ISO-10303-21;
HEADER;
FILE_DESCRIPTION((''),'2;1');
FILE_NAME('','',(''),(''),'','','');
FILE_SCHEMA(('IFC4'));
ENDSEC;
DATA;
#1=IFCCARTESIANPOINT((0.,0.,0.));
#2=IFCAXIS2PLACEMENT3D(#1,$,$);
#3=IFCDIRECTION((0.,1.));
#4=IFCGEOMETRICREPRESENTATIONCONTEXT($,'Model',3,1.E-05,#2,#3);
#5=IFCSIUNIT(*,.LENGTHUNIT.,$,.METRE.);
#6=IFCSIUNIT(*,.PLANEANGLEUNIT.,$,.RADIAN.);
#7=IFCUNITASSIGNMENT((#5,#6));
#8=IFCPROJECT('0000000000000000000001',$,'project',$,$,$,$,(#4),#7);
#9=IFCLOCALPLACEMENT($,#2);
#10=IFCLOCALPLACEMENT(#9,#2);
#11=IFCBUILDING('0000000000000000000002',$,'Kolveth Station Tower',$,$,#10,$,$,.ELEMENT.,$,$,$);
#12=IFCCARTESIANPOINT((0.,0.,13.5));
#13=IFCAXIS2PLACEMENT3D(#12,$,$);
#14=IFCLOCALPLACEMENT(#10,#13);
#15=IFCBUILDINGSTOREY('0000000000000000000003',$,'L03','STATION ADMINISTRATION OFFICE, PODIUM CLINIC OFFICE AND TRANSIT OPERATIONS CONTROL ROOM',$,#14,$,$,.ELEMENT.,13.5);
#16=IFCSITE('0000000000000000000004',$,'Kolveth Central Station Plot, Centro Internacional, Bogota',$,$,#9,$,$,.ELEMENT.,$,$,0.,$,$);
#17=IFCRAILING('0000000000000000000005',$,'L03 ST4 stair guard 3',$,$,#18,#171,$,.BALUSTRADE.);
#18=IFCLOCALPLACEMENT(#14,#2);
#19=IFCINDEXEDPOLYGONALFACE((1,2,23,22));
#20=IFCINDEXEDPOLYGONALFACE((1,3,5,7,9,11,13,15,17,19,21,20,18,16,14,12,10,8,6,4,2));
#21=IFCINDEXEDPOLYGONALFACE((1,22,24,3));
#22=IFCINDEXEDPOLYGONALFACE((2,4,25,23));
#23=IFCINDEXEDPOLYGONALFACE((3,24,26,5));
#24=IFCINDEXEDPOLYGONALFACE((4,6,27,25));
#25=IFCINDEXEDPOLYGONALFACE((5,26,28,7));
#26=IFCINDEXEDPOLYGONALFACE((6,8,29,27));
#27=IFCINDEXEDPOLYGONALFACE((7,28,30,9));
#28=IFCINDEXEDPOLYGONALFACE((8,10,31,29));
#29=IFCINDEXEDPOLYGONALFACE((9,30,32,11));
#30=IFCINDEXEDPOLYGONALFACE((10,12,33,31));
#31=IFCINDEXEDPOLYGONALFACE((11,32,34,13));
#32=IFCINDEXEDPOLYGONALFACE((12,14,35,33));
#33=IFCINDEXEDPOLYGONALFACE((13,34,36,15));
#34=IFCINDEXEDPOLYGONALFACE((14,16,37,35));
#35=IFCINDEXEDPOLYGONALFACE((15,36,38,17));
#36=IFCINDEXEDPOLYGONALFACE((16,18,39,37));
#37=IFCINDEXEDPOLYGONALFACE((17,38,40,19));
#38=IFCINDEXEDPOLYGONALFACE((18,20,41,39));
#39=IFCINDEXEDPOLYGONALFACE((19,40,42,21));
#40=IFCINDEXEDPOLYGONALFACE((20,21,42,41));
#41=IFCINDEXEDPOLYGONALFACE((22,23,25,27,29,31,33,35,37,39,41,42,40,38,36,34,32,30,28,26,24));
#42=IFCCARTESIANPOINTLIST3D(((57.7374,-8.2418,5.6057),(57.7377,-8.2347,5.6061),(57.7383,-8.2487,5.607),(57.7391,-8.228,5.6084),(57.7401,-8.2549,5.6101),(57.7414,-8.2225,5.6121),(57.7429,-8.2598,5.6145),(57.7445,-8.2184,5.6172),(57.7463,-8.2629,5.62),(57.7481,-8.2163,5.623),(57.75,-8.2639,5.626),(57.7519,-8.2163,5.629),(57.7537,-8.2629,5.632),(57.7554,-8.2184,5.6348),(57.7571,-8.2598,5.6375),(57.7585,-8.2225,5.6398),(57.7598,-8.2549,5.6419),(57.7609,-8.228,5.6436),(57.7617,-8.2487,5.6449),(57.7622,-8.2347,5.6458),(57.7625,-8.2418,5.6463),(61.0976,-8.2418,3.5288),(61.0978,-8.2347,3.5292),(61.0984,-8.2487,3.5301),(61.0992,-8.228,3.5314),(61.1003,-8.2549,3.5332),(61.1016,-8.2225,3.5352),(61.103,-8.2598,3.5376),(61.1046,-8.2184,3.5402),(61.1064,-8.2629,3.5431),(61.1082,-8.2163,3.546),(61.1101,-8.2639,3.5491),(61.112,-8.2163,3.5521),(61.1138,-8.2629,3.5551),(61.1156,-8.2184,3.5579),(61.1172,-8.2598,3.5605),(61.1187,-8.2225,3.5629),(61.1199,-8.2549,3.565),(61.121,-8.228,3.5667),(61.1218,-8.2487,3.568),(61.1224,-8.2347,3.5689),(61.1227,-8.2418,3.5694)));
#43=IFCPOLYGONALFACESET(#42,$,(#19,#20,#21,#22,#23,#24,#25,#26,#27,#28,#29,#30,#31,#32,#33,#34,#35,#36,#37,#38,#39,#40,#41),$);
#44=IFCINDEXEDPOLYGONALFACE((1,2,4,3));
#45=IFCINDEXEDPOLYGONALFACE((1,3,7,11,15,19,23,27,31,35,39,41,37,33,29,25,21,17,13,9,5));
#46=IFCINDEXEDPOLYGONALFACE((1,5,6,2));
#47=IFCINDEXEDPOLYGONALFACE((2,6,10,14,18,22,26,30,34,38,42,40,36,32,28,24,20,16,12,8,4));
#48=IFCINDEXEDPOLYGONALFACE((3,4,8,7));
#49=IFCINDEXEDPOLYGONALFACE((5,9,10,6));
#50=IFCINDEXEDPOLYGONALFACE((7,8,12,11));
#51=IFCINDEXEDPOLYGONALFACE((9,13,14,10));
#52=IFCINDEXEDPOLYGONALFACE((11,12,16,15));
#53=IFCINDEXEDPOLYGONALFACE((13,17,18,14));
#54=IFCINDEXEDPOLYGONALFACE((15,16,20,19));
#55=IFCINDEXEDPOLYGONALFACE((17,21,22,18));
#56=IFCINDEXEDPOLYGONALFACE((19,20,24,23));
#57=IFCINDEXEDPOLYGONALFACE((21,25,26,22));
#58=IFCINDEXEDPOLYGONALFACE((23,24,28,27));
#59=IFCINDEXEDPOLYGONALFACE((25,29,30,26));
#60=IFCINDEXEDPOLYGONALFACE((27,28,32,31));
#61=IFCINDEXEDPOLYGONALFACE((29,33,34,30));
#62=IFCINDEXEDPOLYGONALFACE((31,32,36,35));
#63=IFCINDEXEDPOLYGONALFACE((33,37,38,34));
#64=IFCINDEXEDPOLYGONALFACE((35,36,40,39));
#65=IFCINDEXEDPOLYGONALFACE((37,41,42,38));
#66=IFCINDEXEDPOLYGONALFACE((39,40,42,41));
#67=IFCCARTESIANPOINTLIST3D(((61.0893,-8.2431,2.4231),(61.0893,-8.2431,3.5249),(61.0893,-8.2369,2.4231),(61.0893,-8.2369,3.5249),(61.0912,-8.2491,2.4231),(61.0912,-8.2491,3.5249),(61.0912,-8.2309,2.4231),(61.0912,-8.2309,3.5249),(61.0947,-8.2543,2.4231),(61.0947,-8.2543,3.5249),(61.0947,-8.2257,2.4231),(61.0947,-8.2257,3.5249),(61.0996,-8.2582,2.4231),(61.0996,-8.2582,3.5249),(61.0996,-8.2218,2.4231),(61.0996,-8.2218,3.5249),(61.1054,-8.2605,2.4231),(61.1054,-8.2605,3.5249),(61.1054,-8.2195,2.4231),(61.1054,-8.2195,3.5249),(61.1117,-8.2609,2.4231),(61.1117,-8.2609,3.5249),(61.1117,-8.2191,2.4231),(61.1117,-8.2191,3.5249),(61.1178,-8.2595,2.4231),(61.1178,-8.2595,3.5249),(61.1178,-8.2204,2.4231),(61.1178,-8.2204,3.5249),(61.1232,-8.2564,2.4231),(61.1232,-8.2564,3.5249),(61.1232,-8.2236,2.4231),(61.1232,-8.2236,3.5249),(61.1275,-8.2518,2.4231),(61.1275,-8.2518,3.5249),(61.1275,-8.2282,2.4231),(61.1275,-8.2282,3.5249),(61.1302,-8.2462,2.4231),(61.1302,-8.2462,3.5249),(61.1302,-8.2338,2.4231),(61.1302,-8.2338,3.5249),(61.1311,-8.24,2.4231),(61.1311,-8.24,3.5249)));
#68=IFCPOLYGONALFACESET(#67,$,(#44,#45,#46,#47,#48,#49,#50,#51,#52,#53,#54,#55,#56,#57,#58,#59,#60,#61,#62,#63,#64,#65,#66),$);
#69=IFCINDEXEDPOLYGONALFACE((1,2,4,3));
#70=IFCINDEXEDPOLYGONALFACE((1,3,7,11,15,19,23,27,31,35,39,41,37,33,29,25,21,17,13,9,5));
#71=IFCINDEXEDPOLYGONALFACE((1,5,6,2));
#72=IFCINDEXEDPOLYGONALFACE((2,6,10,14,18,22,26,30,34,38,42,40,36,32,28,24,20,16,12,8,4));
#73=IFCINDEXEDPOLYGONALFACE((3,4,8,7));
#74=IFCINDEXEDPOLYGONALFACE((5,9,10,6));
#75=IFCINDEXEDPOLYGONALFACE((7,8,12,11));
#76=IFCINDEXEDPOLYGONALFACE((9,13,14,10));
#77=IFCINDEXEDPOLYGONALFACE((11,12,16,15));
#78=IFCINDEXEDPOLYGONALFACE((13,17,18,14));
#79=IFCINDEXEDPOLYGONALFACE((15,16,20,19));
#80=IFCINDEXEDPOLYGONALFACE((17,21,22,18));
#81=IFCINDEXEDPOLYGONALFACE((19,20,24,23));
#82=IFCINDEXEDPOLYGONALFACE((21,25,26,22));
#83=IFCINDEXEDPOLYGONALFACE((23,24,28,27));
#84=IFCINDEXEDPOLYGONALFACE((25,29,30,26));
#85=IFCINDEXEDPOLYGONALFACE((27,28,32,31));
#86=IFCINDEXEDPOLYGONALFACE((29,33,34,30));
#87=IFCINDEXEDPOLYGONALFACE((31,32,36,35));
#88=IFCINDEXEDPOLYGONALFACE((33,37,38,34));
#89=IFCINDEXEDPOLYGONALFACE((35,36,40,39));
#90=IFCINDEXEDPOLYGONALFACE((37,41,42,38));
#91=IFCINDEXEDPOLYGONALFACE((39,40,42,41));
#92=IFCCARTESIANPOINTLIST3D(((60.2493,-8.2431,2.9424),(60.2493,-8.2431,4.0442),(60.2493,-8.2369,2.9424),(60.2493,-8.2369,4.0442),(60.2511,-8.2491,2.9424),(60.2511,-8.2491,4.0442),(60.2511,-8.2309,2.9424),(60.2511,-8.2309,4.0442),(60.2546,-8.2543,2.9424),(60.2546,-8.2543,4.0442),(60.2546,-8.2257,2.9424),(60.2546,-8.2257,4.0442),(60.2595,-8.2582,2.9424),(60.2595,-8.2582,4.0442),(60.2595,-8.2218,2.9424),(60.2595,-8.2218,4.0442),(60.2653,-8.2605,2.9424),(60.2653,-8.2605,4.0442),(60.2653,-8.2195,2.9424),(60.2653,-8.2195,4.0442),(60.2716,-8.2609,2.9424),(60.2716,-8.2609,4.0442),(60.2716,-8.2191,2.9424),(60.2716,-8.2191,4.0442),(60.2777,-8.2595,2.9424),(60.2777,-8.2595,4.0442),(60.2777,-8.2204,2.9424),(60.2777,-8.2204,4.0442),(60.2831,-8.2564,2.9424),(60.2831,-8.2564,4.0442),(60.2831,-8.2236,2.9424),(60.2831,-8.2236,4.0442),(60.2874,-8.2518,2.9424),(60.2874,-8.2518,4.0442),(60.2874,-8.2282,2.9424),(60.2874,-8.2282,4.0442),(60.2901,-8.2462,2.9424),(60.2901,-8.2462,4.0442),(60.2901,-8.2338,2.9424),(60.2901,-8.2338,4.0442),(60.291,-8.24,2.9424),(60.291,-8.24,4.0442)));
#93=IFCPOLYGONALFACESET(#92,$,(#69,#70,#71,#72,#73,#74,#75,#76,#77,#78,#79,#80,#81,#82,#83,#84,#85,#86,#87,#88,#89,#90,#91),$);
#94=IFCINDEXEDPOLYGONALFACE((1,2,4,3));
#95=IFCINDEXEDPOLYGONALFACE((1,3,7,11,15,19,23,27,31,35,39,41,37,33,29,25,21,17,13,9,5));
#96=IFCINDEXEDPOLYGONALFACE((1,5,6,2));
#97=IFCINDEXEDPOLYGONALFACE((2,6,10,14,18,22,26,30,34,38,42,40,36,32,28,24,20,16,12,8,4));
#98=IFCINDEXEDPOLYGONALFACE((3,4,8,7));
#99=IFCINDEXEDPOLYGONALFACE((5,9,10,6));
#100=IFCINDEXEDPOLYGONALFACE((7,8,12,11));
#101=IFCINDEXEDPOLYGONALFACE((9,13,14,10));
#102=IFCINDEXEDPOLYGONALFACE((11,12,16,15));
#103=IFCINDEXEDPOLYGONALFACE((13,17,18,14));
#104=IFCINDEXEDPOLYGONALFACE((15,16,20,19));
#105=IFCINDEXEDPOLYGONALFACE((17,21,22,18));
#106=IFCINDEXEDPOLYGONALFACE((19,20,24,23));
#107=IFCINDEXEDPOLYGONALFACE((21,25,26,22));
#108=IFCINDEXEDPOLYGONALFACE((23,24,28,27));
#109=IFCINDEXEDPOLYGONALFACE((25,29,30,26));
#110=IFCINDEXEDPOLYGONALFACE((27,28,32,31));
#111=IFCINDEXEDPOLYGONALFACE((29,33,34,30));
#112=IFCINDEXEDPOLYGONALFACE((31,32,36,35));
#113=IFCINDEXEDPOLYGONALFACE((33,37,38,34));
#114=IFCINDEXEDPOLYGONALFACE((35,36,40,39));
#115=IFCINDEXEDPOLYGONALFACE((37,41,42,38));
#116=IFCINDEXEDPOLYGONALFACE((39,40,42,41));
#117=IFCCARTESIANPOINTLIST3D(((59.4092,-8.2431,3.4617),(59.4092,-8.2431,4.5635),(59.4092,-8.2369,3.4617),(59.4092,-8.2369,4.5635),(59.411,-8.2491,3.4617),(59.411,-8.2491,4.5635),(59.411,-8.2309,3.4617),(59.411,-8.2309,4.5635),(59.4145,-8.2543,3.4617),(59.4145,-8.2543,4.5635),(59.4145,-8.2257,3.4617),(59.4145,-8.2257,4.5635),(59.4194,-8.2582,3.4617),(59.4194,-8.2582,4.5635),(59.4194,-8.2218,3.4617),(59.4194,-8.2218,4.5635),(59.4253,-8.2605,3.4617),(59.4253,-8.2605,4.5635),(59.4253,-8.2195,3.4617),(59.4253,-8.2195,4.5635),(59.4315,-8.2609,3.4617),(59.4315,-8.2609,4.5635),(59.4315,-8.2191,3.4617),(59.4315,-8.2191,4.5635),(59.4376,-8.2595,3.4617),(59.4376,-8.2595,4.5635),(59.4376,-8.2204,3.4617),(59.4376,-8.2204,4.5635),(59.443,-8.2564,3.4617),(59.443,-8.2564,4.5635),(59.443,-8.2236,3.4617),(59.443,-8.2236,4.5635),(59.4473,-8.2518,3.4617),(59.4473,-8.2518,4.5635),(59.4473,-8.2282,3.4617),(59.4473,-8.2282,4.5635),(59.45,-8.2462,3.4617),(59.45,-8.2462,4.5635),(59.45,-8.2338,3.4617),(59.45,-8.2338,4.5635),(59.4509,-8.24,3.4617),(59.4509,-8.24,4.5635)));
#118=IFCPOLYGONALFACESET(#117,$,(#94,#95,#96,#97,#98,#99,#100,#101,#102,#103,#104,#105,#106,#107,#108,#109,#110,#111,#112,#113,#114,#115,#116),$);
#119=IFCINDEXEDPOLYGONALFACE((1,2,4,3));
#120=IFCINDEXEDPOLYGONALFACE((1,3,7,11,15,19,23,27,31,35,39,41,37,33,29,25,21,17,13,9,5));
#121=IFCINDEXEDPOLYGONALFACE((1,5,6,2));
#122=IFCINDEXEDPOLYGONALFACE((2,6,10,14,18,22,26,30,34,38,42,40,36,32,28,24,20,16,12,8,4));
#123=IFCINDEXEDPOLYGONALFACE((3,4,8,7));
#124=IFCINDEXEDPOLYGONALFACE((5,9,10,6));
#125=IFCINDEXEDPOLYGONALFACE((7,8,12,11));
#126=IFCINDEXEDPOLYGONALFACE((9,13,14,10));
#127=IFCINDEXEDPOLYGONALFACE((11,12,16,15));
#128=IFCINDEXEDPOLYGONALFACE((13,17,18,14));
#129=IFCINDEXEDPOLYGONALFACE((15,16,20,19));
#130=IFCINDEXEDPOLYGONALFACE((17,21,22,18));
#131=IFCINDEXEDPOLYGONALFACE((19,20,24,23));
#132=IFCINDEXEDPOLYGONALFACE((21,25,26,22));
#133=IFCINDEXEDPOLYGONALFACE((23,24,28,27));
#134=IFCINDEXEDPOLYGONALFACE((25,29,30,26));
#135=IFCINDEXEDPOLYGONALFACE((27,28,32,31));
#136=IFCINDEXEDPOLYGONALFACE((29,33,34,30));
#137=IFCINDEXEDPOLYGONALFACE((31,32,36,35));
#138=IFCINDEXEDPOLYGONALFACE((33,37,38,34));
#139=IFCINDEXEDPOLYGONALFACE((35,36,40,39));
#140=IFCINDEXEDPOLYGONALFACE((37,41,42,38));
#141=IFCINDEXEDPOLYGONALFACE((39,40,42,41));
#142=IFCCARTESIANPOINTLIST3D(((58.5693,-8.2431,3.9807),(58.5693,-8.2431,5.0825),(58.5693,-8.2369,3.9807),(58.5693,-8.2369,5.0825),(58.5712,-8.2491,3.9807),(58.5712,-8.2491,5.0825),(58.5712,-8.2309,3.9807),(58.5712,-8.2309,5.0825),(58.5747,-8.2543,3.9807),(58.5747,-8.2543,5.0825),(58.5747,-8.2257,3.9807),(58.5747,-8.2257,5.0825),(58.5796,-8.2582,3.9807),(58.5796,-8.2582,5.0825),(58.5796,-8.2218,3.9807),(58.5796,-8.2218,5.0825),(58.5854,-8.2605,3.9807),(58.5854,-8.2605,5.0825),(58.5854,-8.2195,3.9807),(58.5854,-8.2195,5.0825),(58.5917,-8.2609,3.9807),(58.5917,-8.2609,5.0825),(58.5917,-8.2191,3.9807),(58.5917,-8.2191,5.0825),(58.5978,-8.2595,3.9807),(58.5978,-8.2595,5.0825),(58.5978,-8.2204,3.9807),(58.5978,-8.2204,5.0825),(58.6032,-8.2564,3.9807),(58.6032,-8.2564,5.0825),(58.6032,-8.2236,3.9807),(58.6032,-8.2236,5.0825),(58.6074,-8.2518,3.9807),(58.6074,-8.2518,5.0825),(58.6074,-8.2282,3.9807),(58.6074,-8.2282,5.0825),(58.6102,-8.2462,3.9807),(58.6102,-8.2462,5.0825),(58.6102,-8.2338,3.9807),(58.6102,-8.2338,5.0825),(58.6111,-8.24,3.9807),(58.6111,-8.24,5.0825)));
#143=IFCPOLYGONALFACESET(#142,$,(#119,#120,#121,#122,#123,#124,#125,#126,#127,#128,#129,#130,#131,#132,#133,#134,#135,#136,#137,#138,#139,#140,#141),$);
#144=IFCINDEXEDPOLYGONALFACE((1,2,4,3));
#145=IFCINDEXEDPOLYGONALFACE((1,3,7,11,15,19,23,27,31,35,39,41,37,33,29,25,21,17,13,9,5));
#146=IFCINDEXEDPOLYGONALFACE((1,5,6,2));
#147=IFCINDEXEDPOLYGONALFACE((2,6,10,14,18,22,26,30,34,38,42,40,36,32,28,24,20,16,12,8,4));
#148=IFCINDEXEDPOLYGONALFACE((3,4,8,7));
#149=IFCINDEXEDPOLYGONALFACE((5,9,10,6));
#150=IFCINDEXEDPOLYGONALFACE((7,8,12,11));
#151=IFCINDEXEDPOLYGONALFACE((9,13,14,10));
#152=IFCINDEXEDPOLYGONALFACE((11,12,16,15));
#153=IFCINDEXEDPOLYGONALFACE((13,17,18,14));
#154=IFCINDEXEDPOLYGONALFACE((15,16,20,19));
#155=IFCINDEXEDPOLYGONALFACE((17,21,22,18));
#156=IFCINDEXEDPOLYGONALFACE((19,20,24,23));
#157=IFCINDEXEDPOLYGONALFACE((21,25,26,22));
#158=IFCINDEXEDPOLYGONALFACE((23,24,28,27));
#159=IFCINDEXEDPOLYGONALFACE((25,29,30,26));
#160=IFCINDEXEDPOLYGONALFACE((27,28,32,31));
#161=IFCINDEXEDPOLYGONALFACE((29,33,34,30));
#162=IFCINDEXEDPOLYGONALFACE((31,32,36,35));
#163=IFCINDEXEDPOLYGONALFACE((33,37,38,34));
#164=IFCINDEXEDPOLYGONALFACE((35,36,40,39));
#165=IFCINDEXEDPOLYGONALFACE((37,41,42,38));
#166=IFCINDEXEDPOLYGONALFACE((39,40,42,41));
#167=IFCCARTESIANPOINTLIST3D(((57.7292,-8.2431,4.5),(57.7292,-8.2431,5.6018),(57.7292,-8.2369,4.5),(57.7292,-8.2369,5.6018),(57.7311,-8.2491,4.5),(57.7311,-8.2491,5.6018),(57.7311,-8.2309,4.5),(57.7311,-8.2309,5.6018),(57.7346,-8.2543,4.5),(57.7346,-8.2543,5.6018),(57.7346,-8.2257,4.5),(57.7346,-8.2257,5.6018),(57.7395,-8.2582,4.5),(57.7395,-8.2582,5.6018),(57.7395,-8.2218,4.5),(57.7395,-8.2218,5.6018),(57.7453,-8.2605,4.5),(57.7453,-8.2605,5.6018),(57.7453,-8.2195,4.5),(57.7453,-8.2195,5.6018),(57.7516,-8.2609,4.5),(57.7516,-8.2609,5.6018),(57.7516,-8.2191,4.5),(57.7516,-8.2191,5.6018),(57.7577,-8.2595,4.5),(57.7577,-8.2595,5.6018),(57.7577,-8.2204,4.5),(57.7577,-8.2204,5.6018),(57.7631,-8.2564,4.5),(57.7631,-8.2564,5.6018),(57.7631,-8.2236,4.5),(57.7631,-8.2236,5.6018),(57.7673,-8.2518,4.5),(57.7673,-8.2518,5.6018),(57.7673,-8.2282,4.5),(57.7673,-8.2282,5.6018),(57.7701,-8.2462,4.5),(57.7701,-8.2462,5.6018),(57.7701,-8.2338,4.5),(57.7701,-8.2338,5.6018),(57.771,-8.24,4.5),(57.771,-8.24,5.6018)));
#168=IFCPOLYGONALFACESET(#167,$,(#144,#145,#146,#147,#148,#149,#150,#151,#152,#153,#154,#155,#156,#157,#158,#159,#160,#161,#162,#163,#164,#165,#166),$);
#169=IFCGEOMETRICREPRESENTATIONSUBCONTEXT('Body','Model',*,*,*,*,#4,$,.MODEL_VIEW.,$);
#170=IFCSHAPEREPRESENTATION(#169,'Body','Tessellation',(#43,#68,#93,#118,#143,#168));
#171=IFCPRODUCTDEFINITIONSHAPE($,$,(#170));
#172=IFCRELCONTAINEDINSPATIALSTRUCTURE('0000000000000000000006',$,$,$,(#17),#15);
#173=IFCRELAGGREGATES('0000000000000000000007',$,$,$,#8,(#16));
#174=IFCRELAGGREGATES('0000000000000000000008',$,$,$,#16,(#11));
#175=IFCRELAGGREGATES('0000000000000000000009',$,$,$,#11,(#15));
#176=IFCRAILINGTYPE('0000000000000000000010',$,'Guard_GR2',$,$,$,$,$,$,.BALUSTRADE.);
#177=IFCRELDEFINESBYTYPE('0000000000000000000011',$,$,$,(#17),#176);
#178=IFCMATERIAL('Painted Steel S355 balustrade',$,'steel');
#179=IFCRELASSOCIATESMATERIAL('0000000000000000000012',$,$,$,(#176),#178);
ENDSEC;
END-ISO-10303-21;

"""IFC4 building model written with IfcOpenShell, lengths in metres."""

from ifc_helpers import new_model, si_unit, direction, frame, origin, origin_2d, place, context, subcontext, project, spatial, circle, extrude, material, type_object, element, save


model = new_model("IFC4")

# Units and contexts
model_context = context("Model", 3, precision=1e-05, world=origin(), true_north=direction((0.0, 1.0)))
body_context = subcontext(model_context, "Body", "Model", "MODEL_VIEW")
ifc_project = project(units=[si_unit("LENGTHUNIT", "METRE"), si_unit("PLANEANGLEUNIT", "RADIAN")], contexts=[model_context])

# Site, building, storey
site_placement = place(None, origin())
site = spatial("IfcSite", under=ifc_project, at=site_placement, Name="Kolveth Central Station Plot, Centro Internacional, Bogota", CompositionType="ELEMENT", RefElevation=0.0)
building_placement = place(site_placement, origin())
building = spatial("IfcBuilding", under=site, at=building_placement, Name="Kolveth Station Tower", CompositionType="ELEMENT")
storey_placement = place(building_placement, frame((0.0, 0.0, 13.5)))
storey = spatial("IfcBuildingStorey", under=building, at=storey_placement, Name="L03", Description="STATION ADMINISTRATION OFFICE, PODIUM CLINIC OFFICE AND TRANSIT OPERATIONS CONTROL ROOM", CompositionType="ELEMENT", Elevation=13.5)

# Railing
ifc_material_1 = material(Name="Painted Steel S355 balustrade", Category="steel")
railing_type_1 = type_object("IfcRailingType", Name="Guard_GR2", PredefinedType="BALUSTRADE", material=ifc_material_1)
railing_1_placement = place(storey_placement, frame((61.1101, -8.24, 2.4231)))
element("IfcRailing", 1, at=railing_1_placement, inside=storey, type_object=railing_type_1, Name="L03 ST4 stair guard 3", PredefinedType="BALUSTRADE", context=body_context, shape_type="SweptSolid", body=[
    extrude(circle(Radius=0.0239, at=origin_2d()), frame((0.0, 0.0, 1.126), z_axis=(-0.850623, 0.0, 0.525776), x_axis=(0.0, -1.0, 0.0)), (0.0, 0.0, 1.0), 3.9502),
    extrude(circle(Radius=0.021, at=origin_2d()), origin(), (0.0, 0.0, 1.0), 1.1018),
    extrude(circle(Radius=0.021, at=origin_2d()), frame((-0.8401, 0.0, 0.5193)), (0.0, 0.0, 1.0), 1.1018),
    extrude(circle(Radius=0.021, at=origin_2d()), frame((-1.6802, 0.0, 1.0386)), (0.0, 0.0, 1.0), 1.1018),
    extrude(circle(Radius=0.021, at=origin_2d()), frame((-2.52, 0.0, 1.5576)), (0.0, 0.0, 1.0), 1.1018),
    extrude(circle(Radius=0.021, at=origin_2d()), frame((-3.3601, 0.0, 2.0769)), (0.0, 0.0, 1.0), 1.1018),
])

save(model, "model.ifc")
